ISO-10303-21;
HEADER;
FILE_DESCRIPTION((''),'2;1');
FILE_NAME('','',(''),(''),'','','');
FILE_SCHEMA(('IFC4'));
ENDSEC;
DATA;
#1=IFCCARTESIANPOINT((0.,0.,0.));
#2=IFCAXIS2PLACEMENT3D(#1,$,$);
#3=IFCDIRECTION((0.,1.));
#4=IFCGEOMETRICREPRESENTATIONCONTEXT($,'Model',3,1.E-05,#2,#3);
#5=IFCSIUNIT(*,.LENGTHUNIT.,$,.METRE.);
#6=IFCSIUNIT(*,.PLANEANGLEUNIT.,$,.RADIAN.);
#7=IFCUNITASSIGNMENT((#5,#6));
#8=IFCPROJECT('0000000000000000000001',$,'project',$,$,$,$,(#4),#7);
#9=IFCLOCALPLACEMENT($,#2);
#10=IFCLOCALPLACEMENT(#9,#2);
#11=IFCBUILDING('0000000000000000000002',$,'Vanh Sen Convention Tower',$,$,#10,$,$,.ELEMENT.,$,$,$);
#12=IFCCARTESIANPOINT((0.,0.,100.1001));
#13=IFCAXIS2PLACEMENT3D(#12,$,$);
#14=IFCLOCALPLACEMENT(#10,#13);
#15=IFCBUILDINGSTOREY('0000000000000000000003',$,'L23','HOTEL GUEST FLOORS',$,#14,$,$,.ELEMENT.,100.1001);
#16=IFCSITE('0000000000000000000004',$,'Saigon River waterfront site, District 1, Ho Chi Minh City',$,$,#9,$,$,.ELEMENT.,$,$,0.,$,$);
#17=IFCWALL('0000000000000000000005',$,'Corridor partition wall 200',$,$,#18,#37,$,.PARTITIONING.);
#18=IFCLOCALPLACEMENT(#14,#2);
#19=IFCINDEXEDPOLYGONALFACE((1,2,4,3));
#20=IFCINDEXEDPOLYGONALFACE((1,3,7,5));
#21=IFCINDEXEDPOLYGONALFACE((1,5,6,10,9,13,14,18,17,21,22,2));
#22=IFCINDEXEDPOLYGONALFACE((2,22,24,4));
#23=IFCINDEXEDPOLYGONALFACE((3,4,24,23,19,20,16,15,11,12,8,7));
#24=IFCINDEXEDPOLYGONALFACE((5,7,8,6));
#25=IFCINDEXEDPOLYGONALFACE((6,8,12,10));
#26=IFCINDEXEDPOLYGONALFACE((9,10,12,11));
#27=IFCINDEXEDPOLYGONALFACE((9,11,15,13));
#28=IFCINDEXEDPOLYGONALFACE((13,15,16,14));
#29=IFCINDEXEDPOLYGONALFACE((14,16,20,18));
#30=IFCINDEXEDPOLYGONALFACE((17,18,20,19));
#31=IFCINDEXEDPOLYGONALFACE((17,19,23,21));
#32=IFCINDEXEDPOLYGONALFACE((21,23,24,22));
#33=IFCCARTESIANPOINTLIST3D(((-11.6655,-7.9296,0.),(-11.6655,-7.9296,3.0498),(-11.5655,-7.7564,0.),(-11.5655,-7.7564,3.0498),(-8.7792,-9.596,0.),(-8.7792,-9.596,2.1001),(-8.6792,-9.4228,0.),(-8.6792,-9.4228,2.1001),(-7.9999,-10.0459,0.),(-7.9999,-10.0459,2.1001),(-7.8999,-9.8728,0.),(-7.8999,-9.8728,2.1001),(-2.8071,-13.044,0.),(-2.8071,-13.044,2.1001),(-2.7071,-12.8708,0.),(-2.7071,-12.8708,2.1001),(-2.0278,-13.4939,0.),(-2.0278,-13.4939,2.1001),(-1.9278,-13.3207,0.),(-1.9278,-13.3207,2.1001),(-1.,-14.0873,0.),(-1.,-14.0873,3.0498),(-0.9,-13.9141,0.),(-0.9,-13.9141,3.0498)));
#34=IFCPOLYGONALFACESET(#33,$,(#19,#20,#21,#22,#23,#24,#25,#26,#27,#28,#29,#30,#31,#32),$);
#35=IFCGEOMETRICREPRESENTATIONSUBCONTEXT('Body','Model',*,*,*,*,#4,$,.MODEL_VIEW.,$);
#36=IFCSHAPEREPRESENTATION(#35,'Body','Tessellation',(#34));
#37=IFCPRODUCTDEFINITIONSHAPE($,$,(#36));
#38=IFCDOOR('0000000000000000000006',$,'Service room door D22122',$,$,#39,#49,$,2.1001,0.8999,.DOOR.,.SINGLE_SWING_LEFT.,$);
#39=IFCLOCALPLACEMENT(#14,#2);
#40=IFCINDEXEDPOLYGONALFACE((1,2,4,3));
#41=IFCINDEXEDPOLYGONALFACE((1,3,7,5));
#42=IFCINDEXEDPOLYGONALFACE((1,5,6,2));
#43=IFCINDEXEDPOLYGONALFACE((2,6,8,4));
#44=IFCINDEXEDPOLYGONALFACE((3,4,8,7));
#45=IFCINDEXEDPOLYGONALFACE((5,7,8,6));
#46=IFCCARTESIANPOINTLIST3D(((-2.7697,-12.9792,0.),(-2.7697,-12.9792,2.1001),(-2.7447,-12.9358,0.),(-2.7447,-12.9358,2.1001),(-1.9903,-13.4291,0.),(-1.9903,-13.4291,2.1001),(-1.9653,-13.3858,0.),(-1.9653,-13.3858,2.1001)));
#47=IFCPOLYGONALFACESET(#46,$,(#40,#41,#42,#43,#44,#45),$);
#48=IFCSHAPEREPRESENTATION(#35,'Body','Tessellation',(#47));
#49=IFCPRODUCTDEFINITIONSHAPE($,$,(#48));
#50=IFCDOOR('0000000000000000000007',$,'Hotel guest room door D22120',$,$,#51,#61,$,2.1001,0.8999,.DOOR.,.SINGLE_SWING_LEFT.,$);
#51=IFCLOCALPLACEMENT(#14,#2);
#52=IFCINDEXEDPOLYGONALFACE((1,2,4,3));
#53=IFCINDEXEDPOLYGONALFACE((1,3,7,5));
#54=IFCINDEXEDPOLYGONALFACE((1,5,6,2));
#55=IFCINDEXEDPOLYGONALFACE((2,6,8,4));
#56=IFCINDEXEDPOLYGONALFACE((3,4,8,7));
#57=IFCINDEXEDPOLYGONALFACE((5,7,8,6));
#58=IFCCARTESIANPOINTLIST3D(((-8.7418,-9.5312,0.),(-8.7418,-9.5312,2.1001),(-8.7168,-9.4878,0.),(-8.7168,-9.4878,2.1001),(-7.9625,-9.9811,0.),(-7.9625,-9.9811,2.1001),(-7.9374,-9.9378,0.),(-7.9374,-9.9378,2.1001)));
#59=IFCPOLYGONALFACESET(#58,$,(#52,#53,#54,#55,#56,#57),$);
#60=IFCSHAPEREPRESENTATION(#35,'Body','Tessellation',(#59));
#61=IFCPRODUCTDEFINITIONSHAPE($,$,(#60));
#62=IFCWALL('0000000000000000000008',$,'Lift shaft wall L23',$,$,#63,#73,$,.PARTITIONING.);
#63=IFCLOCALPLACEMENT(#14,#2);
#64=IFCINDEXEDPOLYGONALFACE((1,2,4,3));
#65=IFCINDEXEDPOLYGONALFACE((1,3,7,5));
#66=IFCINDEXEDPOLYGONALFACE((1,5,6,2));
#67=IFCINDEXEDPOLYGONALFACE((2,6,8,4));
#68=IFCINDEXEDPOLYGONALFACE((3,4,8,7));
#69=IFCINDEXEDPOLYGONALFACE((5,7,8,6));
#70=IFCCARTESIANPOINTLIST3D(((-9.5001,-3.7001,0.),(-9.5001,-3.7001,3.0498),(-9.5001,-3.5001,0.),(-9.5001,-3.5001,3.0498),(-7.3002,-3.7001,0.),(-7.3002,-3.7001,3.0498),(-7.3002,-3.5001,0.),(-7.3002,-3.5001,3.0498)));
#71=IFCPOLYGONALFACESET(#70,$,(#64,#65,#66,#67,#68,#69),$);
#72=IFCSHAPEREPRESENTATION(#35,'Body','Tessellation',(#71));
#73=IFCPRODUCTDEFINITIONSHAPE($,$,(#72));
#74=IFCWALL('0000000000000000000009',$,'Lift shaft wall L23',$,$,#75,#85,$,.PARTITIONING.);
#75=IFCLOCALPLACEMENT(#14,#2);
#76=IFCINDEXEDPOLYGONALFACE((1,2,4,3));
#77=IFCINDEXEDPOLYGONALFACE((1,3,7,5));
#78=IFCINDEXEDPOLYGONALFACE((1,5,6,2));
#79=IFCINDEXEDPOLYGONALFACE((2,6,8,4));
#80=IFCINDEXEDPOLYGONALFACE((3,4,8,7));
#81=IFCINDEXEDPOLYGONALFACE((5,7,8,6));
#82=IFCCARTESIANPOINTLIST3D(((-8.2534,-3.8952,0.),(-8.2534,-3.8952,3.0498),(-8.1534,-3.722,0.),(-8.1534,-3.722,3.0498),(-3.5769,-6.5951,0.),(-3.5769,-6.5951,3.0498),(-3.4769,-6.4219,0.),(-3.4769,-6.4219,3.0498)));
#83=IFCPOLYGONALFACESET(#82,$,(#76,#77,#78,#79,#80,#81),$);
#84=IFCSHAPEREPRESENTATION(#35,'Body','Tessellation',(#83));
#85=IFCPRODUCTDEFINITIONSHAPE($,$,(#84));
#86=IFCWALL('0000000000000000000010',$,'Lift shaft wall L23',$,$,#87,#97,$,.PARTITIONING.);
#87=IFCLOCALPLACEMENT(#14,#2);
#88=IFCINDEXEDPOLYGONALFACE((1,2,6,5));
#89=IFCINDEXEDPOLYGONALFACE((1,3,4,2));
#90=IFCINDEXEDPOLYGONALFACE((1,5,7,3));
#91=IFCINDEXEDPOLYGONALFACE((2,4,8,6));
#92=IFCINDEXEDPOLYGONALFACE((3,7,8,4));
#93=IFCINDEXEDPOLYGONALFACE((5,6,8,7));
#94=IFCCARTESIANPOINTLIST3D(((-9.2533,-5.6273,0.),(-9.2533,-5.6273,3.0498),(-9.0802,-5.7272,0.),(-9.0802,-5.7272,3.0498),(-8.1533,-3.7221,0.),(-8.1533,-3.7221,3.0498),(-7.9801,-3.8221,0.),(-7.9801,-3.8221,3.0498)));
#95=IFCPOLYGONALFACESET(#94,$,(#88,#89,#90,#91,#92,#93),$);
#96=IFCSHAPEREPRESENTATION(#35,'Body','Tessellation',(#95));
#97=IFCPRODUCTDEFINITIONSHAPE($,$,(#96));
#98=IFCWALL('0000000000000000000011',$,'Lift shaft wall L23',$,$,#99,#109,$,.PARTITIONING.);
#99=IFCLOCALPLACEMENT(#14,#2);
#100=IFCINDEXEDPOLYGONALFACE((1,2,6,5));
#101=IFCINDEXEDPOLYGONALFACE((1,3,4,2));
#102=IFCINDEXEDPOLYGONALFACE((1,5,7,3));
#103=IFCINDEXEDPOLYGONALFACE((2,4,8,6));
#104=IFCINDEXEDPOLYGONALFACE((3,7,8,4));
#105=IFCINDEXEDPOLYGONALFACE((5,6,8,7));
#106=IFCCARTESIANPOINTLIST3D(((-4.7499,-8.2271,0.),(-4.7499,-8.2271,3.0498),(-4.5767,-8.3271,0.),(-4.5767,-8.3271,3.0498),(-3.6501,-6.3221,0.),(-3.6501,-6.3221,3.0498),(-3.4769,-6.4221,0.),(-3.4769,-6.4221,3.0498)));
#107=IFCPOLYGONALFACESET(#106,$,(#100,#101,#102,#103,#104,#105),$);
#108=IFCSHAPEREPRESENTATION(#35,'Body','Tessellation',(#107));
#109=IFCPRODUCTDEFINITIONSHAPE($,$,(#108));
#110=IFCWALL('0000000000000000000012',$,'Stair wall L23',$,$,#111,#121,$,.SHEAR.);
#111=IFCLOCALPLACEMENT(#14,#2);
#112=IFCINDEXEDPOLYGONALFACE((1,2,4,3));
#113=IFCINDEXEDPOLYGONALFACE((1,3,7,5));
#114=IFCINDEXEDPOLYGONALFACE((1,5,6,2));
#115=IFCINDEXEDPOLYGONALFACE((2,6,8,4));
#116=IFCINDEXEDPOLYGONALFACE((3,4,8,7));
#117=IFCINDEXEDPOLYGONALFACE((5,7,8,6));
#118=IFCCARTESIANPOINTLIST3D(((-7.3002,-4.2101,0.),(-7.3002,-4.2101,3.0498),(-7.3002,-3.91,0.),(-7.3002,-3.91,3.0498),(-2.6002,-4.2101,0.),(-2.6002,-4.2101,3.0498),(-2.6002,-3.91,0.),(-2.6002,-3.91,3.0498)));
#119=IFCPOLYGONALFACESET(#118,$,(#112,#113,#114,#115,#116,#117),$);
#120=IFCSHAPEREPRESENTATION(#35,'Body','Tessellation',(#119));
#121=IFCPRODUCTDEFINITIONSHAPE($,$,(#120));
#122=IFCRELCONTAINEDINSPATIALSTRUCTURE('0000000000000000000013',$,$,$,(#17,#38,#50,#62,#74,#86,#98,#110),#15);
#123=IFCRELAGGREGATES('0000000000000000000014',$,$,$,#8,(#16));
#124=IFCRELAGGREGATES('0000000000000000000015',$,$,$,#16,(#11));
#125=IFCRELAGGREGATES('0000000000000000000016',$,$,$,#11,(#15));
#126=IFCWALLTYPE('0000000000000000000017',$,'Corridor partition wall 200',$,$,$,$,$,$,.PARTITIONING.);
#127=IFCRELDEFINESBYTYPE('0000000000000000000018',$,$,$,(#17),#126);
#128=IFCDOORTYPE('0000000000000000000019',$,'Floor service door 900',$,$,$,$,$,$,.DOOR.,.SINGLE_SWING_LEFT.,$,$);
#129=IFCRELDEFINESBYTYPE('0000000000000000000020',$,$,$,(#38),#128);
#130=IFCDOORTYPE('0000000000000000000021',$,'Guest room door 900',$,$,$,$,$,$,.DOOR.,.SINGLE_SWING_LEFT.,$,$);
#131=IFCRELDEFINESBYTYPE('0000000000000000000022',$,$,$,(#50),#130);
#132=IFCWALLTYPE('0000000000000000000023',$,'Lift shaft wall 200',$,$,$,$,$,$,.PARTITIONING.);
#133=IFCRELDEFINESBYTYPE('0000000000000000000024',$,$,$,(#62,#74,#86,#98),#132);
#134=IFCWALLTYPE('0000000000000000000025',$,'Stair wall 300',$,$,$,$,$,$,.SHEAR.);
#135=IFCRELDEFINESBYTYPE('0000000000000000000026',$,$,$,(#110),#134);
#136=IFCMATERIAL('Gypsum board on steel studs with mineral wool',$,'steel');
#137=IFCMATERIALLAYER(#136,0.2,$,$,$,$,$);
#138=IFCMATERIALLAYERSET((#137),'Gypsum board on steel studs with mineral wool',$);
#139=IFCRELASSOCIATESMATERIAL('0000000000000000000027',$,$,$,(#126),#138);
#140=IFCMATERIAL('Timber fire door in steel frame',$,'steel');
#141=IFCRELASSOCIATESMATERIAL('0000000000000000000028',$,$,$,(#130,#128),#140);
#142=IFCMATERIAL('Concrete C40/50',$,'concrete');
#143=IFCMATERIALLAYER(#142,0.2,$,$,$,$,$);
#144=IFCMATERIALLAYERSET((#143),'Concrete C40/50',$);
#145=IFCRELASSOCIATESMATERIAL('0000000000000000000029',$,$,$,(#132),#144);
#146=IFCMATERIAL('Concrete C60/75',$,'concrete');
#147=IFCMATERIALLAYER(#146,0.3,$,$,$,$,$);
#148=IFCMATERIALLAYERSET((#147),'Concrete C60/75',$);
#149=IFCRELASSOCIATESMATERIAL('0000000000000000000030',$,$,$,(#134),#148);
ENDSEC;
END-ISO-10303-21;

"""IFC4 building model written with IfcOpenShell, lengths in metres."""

from ifc_helpers import new_model, si_unit, direction, frame, frame_2d, origin, place, context, subcontext, project, spatial, rectangle, extrude, material, layer, layer_set, type_object, element, fill, save


model = new_model("IFC4")

# Units and contexts
model_context = context("Model", 3, precision=1e-05, world=origin(), true_north=direction((0.0, 1.0)))
body_context = subcontext(model_context, "Body", "Model", "MODEL_VIEW")
ifc_project = project(units=[si_unit("LENGTHUNIT", "METRE"), si_unit("PLANEANGLEUNIT", "RADIAN")], contexts=[model_context])

# Site, building, storey
site_placement = place(None, origin())
site = spatial("IfcSite", under=ifc_project, at=site_placement, Name="Saigon River waterfront site, District 1, Ho Chi Minh City", CompositionType="ELEMENT", RefElevation=0.0)
building_placement = place(site_placement, origin())
building = spatial("IfcBuilding", under=site, at=building_placement, Name="Vanh Sen Convention Tower", CompositionType="ELEMENT")
storey_placement = place(building_placement, frame((0.0, 0.0, 100.1001)))
storey = spatial("IfcBuildingStorey", under=building, at=storey_placement, Name="L23", Description="HOTEL GUEST FLOORS", CompositionType="ELEMENT", Elevation=100.1001)

# Shared definitions
ifc_material_1 = material(Name="Gypsum board on steel studs with mineral wool", Category="steel")
ifc_layer_1 = layer(ifc_material_1, 0.2)
ifc_layer_set_1 = layer_set([ifc_layer_1], Name="Gypsum board on steel studs with mineral wool")
wall_type_1 = type_object("IfcWallType", Name="Corridor partition wall 200", PredefinedType="PARTITIONING", material=ifc_layer_set_1)
ifc_material_2 = material(Name="Timber fire door in steel frame", Category="steel")
door_type_1 = type_object("IfcDoorType", Name="Guest room door 900", OperationType="SINGLE_SWING_LEFT", PredefinedType="DOOR", material=ifc_material_2)

# Wall, openings, doors
wall_1_placement = place(storey_placement, frame((-11.6155, -7.843, 0.0), z_axis=(0.0, 0.0, 1.0), x_axis=(0.866026, -0.499998, 0.0)))
wall_1 = element("IfcWall", 1, at=wall_1_placement, inside=storey, type_object=wall_type_1, Name="Corridor partition wall 200", PredefinedType="PARTITIONING", context=body_context, shape_type="SweptSolid", body=[
    extrude(rectangle(XDim=12.3154, YDim=0.2, at=frame_2d((6.1577, 0.0))), origin(), (0.0, 0.0, 1.0), 3.0498),
])
opening_1_placement = place(wall_1_placement, frame((3.3328, 0.0, 0.0)))
opening_1 = element("IfcOpeningElement", 2, at=opening_1_placement, cuts=wall_1, PredefinedType="OPENING", context=body_context, shape_type="SweptSolid", body=[
    extrude(rectangle(XDim=0.8999, YDim=2.1001, at=frame_2d((0.45, 1.05))), frame((0.0, 0.1099, 0.0), z_axis=(0.0, -1.0, 0.0), x_axis=(1.0, 0.0, 0.0)), (0.0, 0.0, 1.0), 0.22),
])
opening_2_placement = place(wall_1_placement, frame((10.2288, 0.0, 0.0)))
opening_2 = element("IfcOpeningElement", 3, at=opening_2_placement, cuts=wall_1, PredefinedType="OPENING", context=body_context, shape_type="SweptSolid", body=[
    extrude(rectangle(XDim=0.8999, YDim=2.1001, at=frame_2d((0.45, 1.05))), frame((0.0, 0.1099, 0.0), z_axis=(0.0, -1.0, 0.0), x_axis=(1.0, 0.0, 0.0)), (0.0, 0.0, 1.0), 0.22),
])
door_type_2 = type_object("IfcDoorType", Name="Floor service door 900", OperationType="SINGLE_SWING_LEFT", PredefinedType="DOOR", material=ifc_material_2)
door_1_placement = place(opening_2_placement, origin())
door_1 = element("IfcDoor", 4, at=door_1_placement, inside=storey, type_object=door_type_2, Name="Service room door D22122", OperationType="SINGLE_SWING_LEFT", OverallHeight=2.1001, OverallWidth=0.8999, PredefinedType="DOOR", context=body_context, shape_type="SweptSolid", body=[
    extrude(rectangle(XDim=0.8999, YDim=2.1001, at=frame_2d((0.45, 1.05))), frame((0.0, 0.0249, 0.0), z_axis=(0.0, -1.0, 0.0), x_axis=(1.0, 0.0, 0.0)), (0.0, 0.0, 1.0), 0.05),
])
fill(opening_2, door_1)
door_2_placement = place(opening_1_placement, origin())
door_2 = element("IfcDoor", 5, at=door_2_placement, inside=storey, type_object=door_type_1, Name="Hotel guest room door D22120", OperationType="SINGLE_SWING_LEFT", OverallHeight=2.1001, OverallWidth=0.8999, PredefinedType="DOOR", context=body_context, shape_type="SweptSolid", body=[
    extrude(rectangle(XDim=0.8999, YDim=2.1001, at=frame_2d((0.45, 1.05))), frame((0.0, 0.0249, 0.0), z_axis=(0.0, -1.0, 0.0), x_axis=(1.0, 0.0, 0.0)), (0.0, 0.0, 1.0), 0.05),
])
fill(opening_1, door_2)

# Walls
ifc_material_3 = material(Name="Concrete C40/50", Category="concrete")
ifc_layer_2 = layer(ifc_material_3, 0.2)
ifc_layer_set_2 = layer_set([ifc_layer_2], Name="Concrete C40/50")
wall_type_2 = type_object("IfcWallType", Name="Lift shaft wall 200", PredefinedType="PARTITIONING", material=ifc_layer_set_2)
wall_2_placement = place(storey_placement, frame((-7.3, -3.6001, 0.0), z_axis=(0.0, 0.0, 1.0), x_axis=(-1.0, 0.0, 0.0)))
element("IfcWall", 6, at=wall_2_placement, inside=storey, type_object=wall_type_2, Name="Lift shaft wall L23", PredefinedType="PARTITIONING", context=body_context, shape_type="SweptSolid", body=[
    extrude(rectangle(XDim=2.2, YDim=0.2, at=frame_2d((1.1001, 0.0))), origin(), (0.0, 0.0, 1.0), 3.0498),
])
wall_3_placement = place(storey_placement, frame((-8.2034, -3.8086, 0.0), z_axis=(0.0, 0.0, 1.0), x_axis=(0.866028, -0.499995, 0.0)))
element("IfcWall", 7, at=wall_3_placement, inside=storey, type_object=wall_type_2, Name="Lift shaft wall L23", PredefinedType="PARTITIONING", context=body_context, shape_type="SweptSolid", body=[
    extrude(rectangle(XDim=5.3999, YDim=0.2, at=frame_2d((2.7, 0.0))), origin(), (0.0, 0.0, 1.0), 3.0498),
])
wall_4_placement = place(storey_placement, frame((-8.0667, -3.772, 0.0), z_axis=(0.0, 0.0, 1.0), x_axis=(-0.50003, -0.866008, 0.0)))
element("IfcWall", 8, at=wall_4_placement, inside=storey, type_object=wall_type_2, Name="Lift shaft wall L23", PredefinedType="PARTITIONING", context=body_context, shape_type="SweptSolid", body=[
    extrude(rectangle(XDim=2.2, YDim=0.2, at=frame_2d((1.1001, 0.0))), origin(), (0.0, 0.0, 1.0), 3.0498),
])
wall_5_placement = place(storey_placement, frame((-3.5635, -6.3721, 0.0), z_axis=(0.0, 0.0, 1.0), x_axis=(-0.499995, -0.866028, 0.0)))
element("IfcWall", 9, at=wall_5_placement, inside=storey, type_object=wall_type_2, Name="Lift shaft wall L23", PredefinedType="PARTITIONING", context=body_context, shape_type="SweptSolid", body=[
    extrude(rectangle(XDim=2.1997, YDim=0.2, at=frame_2d((1.0999, 0.0))), origin(), (0.0, 0.0, 1.0), 3.0498),
])
ifc_material_4 = material(Name="Concrete C60/75", Category="concrete")
ifc_layer_3 = layer(ifc_material_4, 0.3)
ifc_layer_set_3 = layer_set([ifc_layer_3], Name="Concrete C60/75")
wall_type_3 = type_object("IfcWallType", Name="Stair wall 300", PredefinedType="SHEAR", material=ifc_layer_set_3)
wall_6_placement = place(storey_placement, frame((-2.6001, -4.0601, 0.0), z_axis=(0.0, 0.0, 1.0), x_axis=(-1.0, 0.0, 0.0)))
element("IfcWall", 10, at=wall_6_placement, inside=storey, type_object=wall_type_3, Name="Stair wall L23", PredefinedType="SHEAR", context=body_context, shape_type="SweptSolid", body=[
    extrude(rectangle(XDim=4.7, YDim=0.3, at=frame_2d((2.3501, 0.0))), origin(), (0.0, 0.0, 1.0), 3.0498),
])

save(model, "model.ifc")
